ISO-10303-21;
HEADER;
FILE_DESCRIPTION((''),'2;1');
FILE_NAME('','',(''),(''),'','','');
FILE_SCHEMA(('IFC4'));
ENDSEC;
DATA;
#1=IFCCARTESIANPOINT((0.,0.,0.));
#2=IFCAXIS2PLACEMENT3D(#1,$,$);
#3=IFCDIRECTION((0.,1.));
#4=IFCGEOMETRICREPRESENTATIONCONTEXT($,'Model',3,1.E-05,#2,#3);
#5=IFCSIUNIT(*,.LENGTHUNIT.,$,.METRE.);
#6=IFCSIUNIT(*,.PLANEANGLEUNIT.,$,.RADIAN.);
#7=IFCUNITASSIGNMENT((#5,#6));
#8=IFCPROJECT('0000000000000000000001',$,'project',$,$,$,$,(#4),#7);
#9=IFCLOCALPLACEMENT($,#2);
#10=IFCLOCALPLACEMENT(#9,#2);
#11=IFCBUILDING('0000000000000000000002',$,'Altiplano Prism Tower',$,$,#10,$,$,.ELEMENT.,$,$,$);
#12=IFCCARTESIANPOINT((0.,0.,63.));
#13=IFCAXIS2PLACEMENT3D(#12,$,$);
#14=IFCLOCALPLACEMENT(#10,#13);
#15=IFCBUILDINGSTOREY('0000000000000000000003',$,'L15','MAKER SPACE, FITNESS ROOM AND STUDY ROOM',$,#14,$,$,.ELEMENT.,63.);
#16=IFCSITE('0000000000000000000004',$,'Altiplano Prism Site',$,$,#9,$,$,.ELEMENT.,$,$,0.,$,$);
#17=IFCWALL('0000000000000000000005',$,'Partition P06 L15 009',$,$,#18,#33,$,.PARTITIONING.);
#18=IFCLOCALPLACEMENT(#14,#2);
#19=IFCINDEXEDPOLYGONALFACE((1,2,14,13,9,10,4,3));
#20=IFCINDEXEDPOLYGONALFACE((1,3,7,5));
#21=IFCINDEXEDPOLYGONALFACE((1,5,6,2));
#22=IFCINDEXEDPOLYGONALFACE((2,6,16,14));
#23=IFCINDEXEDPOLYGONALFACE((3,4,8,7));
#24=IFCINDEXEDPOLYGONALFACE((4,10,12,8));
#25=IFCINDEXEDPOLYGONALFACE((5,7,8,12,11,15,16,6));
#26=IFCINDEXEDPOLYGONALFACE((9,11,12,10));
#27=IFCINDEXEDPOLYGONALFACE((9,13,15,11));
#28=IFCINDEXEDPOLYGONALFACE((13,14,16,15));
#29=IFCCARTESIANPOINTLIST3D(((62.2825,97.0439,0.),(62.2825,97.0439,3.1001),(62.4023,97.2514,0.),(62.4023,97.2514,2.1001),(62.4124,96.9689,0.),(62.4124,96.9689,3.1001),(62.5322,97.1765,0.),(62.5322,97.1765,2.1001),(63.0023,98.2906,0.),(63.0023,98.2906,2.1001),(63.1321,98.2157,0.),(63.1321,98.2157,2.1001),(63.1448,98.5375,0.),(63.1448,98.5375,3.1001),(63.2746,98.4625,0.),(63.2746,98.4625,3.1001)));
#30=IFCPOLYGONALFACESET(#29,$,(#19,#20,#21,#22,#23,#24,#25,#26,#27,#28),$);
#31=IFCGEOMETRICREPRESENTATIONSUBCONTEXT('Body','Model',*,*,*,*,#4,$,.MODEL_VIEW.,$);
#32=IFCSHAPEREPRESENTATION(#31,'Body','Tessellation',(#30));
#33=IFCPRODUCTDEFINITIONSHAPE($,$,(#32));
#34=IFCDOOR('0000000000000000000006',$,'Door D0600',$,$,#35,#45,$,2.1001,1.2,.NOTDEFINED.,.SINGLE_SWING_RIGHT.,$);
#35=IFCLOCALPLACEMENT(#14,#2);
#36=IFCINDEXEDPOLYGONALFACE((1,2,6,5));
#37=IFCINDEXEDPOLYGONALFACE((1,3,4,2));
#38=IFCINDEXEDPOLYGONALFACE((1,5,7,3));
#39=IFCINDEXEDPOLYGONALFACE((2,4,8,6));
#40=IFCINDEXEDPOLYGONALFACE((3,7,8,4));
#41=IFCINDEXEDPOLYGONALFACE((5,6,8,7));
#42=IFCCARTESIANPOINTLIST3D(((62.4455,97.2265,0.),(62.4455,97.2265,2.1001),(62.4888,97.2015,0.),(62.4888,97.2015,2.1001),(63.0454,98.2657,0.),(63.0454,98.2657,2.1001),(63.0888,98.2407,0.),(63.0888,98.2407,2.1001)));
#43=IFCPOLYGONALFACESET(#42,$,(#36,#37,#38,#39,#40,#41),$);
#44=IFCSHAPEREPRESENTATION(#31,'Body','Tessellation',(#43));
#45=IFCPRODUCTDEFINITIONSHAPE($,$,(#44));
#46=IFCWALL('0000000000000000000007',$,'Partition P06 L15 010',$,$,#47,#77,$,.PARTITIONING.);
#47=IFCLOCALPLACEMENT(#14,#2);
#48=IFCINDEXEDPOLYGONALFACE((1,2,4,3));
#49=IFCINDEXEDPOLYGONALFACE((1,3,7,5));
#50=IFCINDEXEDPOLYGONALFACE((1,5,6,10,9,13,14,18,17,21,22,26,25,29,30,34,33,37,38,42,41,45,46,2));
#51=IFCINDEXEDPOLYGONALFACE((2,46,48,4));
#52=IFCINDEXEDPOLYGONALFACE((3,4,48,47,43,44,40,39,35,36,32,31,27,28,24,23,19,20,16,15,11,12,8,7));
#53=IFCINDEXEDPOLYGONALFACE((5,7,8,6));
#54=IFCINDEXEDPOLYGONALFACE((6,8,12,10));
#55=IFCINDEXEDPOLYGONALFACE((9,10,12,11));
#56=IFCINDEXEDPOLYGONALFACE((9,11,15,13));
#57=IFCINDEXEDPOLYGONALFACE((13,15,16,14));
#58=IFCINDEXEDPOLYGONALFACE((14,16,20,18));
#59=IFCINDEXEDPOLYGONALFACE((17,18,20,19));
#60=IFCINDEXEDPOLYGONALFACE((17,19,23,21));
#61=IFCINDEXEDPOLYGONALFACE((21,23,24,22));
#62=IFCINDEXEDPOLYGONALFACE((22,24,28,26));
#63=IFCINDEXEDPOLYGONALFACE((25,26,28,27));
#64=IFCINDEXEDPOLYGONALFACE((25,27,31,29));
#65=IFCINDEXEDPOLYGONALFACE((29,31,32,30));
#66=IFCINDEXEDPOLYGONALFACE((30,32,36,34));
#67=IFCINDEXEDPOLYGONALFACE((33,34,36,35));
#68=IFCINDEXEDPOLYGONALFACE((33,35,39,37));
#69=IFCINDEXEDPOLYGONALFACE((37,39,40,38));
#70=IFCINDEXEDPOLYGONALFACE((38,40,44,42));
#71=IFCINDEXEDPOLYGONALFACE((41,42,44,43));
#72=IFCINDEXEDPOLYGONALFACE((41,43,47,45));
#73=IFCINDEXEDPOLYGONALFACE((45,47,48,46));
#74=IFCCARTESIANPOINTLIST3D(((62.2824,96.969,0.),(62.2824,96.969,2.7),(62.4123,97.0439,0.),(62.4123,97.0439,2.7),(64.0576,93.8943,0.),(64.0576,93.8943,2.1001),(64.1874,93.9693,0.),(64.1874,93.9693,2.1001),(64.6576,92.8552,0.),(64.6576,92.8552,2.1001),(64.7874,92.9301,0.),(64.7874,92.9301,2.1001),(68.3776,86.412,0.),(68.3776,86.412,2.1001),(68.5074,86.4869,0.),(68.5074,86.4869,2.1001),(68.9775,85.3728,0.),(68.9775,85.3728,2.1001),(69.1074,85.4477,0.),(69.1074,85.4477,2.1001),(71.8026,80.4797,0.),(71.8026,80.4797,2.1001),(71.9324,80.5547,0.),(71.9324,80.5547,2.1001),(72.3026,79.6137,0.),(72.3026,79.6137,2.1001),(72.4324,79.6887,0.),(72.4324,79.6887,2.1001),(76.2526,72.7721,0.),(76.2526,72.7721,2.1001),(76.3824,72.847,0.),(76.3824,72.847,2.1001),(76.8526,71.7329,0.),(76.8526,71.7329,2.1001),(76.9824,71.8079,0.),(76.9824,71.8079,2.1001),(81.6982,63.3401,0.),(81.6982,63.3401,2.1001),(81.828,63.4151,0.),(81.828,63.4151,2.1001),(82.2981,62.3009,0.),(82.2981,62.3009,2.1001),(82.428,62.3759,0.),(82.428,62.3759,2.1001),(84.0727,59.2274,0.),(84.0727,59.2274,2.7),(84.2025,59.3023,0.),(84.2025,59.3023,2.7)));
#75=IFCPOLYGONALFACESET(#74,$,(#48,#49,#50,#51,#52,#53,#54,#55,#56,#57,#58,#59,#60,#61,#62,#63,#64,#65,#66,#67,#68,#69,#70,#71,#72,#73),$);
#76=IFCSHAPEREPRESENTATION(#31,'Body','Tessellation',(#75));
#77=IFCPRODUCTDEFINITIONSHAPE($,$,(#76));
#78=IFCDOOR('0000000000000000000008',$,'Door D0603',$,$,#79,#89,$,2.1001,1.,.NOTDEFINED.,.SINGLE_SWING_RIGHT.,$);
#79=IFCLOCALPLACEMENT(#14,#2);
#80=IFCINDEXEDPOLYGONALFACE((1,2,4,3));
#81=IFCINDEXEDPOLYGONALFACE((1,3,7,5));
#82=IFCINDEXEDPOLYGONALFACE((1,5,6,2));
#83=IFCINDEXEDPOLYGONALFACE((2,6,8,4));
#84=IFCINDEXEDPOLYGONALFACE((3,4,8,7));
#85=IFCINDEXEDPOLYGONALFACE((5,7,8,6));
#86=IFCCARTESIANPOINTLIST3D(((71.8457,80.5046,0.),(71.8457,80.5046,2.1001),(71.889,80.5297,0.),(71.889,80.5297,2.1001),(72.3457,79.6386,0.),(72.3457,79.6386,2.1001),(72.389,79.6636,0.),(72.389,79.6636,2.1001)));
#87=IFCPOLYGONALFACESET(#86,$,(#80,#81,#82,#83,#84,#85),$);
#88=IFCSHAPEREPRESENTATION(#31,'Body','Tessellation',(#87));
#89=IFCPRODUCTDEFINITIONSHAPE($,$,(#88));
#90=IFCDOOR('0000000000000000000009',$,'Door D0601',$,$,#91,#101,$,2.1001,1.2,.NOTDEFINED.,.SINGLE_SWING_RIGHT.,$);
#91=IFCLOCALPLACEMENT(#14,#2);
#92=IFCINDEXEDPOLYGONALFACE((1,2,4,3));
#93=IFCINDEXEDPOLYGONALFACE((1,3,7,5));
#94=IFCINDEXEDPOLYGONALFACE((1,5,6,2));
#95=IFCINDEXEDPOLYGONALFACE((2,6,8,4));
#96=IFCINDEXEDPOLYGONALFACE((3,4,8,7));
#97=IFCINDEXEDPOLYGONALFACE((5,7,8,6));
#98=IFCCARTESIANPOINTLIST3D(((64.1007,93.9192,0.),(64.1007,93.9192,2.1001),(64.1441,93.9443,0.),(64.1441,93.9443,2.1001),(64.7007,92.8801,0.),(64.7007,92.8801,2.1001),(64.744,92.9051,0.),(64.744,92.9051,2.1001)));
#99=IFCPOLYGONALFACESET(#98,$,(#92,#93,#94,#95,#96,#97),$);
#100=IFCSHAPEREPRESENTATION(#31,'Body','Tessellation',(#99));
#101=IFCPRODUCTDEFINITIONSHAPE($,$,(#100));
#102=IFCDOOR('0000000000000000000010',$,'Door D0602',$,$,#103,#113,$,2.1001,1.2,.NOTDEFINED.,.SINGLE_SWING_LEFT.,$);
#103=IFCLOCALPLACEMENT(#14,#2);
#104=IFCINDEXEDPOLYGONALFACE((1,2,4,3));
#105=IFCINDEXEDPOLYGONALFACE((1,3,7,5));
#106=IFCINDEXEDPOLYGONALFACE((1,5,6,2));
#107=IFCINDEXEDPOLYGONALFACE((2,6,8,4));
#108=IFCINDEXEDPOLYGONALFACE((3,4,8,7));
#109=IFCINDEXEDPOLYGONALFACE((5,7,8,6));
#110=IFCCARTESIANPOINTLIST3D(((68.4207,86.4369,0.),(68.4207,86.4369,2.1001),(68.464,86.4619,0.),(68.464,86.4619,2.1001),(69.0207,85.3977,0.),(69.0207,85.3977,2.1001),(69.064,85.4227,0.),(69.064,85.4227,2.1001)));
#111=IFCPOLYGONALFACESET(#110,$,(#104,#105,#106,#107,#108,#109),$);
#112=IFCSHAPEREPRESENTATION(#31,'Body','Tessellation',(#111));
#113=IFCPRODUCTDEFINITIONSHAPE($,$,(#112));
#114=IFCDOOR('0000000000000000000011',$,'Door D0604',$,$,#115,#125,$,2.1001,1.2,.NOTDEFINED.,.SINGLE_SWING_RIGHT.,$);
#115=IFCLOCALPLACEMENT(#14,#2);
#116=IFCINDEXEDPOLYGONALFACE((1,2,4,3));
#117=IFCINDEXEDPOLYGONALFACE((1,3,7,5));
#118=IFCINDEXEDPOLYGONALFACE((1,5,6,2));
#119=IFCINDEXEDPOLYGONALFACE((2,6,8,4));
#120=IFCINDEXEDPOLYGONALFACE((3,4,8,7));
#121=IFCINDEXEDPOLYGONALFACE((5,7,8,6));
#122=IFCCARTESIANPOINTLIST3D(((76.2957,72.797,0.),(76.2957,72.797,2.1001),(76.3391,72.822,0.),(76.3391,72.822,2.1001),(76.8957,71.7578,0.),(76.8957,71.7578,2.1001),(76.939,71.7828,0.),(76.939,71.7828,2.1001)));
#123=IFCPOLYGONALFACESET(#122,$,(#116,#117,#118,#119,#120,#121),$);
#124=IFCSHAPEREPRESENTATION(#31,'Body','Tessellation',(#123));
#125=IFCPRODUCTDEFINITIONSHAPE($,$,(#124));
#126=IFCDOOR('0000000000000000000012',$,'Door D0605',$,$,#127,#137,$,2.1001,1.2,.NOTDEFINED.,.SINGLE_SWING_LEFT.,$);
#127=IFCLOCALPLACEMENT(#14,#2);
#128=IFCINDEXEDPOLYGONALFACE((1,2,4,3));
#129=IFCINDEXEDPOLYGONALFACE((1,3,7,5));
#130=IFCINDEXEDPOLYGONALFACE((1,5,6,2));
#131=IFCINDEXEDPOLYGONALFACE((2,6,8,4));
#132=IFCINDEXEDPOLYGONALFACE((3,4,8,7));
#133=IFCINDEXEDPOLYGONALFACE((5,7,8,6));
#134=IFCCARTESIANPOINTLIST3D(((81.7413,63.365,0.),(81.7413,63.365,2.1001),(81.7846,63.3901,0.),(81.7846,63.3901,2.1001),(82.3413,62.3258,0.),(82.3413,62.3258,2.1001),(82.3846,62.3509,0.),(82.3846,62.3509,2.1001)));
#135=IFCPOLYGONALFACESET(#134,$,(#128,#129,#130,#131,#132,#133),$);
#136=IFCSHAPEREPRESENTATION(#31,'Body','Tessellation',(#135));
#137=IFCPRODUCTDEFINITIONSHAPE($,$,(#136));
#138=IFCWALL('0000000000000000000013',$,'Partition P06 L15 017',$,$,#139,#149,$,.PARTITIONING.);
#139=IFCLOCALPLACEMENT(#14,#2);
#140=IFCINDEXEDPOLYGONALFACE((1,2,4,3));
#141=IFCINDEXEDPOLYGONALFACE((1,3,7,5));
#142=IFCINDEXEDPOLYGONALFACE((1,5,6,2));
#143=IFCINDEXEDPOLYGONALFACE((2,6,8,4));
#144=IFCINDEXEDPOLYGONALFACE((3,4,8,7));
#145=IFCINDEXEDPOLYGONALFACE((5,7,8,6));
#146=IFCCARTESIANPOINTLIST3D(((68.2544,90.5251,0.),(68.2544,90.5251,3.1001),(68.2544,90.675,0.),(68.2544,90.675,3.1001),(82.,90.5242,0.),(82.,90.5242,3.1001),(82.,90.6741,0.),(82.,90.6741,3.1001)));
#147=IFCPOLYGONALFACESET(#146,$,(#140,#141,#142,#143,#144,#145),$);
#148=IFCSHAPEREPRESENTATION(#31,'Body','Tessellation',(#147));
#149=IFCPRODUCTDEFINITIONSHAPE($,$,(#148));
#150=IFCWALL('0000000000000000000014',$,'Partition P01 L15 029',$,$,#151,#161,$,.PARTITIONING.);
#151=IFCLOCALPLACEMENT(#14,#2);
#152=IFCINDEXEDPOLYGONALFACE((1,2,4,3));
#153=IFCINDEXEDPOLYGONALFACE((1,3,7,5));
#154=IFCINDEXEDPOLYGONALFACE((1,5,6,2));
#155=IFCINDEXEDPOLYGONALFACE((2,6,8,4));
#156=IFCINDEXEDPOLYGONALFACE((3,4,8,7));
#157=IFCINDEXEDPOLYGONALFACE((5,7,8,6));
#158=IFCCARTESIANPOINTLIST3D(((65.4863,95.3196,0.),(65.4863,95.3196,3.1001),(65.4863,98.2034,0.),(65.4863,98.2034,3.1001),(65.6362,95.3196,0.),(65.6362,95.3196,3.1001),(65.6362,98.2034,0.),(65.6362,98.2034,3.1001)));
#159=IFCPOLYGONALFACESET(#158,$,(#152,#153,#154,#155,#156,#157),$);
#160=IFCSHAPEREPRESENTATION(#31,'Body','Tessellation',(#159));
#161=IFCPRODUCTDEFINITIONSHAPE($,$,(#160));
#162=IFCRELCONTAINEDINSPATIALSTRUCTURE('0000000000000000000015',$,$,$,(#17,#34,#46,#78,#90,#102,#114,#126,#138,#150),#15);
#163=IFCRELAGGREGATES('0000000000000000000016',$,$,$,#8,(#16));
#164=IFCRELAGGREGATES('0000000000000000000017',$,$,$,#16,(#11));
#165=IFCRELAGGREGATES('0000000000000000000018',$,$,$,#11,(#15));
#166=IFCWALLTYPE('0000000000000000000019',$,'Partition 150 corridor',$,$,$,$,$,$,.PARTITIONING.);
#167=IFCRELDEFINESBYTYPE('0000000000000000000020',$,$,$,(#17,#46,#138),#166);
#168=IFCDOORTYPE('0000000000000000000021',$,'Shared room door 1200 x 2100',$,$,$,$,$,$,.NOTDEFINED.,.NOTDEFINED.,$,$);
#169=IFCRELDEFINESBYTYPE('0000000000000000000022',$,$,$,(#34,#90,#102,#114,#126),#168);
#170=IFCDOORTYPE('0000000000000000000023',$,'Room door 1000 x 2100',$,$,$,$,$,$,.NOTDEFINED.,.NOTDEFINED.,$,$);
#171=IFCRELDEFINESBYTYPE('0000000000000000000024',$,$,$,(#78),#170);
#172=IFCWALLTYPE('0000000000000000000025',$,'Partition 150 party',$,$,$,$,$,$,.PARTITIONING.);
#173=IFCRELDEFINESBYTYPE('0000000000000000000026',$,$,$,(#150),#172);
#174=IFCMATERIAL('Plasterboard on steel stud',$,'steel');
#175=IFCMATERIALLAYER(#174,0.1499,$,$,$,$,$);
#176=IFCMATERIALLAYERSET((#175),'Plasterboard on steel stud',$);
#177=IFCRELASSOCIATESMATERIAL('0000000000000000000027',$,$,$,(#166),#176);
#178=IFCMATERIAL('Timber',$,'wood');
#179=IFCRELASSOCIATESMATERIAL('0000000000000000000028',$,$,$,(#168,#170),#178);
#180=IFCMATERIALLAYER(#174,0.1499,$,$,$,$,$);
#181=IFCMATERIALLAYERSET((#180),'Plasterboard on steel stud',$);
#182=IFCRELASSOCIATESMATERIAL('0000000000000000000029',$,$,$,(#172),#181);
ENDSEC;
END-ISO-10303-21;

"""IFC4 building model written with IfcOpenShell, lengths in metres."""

from ifc_helpers import new_model, si_unit, direction, frame, frame_2d, origin, place, context, subcontext, project, spatial, rectangle, extrude, material, layer, layer_set, type_object, element, fill, save


model = new_model("IFC4")

# Units and contexts
model_context = context("Model", 3, precision=1e-05, world=origin(), true_north=direction((0.0, 1.0)))
body_context = subcontext(model_context, "Body", "Model", "MODEL_VIEW")
ifc_project = project(units=[si_unit("LENGTHUNIT", "METRE"), si_unit("PLANEANGLEUNIT", "RADIAN")], contexts=[model_context])

# Site, building, storey
site_placement = place(None, origin())
site = spatial("IfcSite", under=ifc_project, at=site_placement, Name="Altiplano Prism Site", CompositionType="ELEMENT", RefElevation=0.0)
building_placement = place(site_placement, origin())
building = spatial("IfcBuilding", under=site, at=building_placement, Name="Altiplano Prism Tower", CompositionType="ELEMENT")
storey_placement = place(building_placement, frame((0.0, 0.0, 63.0)))
storey = spatial("IfcBuildingStorey", under=building, at=storey_placement, Name="L15", Description="MAKER SPACE, FITNESS ROOM AND STUDY ROOM", CompositionType="ELEMENT", Elevation=63.0)

# Shared definitions
ifc_material_1 = material(Name="Plasterboard on steel stud", Category="steel")
ifc_layer_1 = layer(ifc_material_1, 0.1499)
ifc_layer_set_1 = layer_set([ifc_layer_1], Name="Plasterboard on steel stud")
wall_type_1 = type_object("IfcWallType", Name="Partition 150 corridor", PredefinedType="PARTITIONING", material=ifc_layer_set_1)

# Shared definitions
ifc_material_2 = material(Name="Timber", Category="wood")

# Wall, opening, door
wall_1_placement = place(storey_placement, frame((63.2097, 98.5, 0.0), z_axis=(0.0, 0.0, 1.0), x_axis=(-0.499976, -0.866039, 0.0)))
wall_1 = element("IfcWall", 1, at=wall_1_placement, inside=storey, type_object=wall_type_1, Name="Partition P06 L15 009", PredefinedType="PARTITIONING", context=body_context, shape_type="SweptSolid", body=[
    extrude(rectangle(XDim=1.7246, YDim=0.1499, at=frame_2d((0.8623, 0.0))), origin(), (0.0, 0.0, 1.0), 3.1001),
])
opening_1_placement = place(wall_1_placement, frame((0.2849, 0.0, 0.0)))
opening_1 = element("IfcOpeningElement", 2, at=opening_1_placement, cuts=wall_1, PredefinedType="OPENING", context=body_context, shape_type="SweptSolid", body=[
    extrude(rectangle(XDim=1.2, YDim=2.1001, at=frame_2d((0.6001, 1.05))), frame((0.0, 0.0854, 0.0), z_axis=(0.0, -1.0, 0.0), x_axis=(1.0, 0.0, 0.0)), (0.0, 0.0, 1.0), 0.1709),
])
door_type_1 = type_object("IfcDoorType", Name="Shared room door 1200 x 2100", OperationType="NOTDEFINED", PredefinedType="NOTDEFINED", material=ifc_material_2)
door_1_placement = place(opening_1_placement, origin())
door_1 = element("IfcDoor", 3, at=door_1_placement, inside=storey, type_object=door_type_1, Name="Door D0600", OperationType="SINGLE_SWING_RIGHT", OverallHeight=2.1001, OverallWidth=1.2, PredefinedType="NOTDEFINED", context=body_context, shape_type="SweptSolid", body=[
    extrude(rectangle(XDim=1.2, YDim=2.1001, at=frame_2d((0.6001, 1.05))), frame((0.0, 0.0249, 0.0), z_axis=(0.0, -1.0, 0.0), x_axis=(1.0, 0.0, 0.0)), (0.0, 0.0, 1.0), 0.05),
])
fill(opening_1, door_1)

# Wall, openings, doors
wall_2_placement = place(storey_placement, frame((62.3474, 97.0063, 0.0), z_axis=(0.0, 0.0, 1.0), x_axis=(0.500002, -0.866024, 0.0)))
wall_2 = element("IfcWall", 4, at=wall_2_placement, inside=storey, type_object=wall_type_1, Name="Partition P06 L15 010", PredefinedType="PARTITIONING", context=body_context, shape_type="SweptSolid", body=[
    extrude(rectangle(XDim=43.5803, YDim=0.1499, at=frame_2d((21.79, 0.0))), origin(), (0.0, 0.0, 1.0), 2.7),
])
opening_2_placement = place(wall_2_placement, frame((3.55, 0.0, 0.0)))
opening_2 = element("IfcOpeningElement", 5, at=opening_2_placement, cuts=wall_2, PredefinedType="OPENING", context=body_context, shape_type="SweptSolid", body=[
    extrude(rectangle(XDim=1.2, YDim=2.1001, at=frame_2d((0.6001, 1.05))), frame((0.0, 0.0854, 0.0), z_axis=(0.0, -1.0, 0.0), x_axis=(1.0, 0.0, 0.0)), (0.0, 0.0, 1.0), 0.1709),
])
opening_3_placement = place(wall_2_placement, frame((12.1899, 0.0, 0.0)))
opening_3 = element("IfcOpeningElement", 6, at=opening_3_placement, cuts=wall_2, PredefinedType="OPENING", context=body_context, shape_type="SweptSolid", body=[
    extrude(rectangle(XDim=1.2, YDim=2.1001, at=frame_2d((0.6001, 1.05))), frame((0.0, 0.0854, 0.0), z_axis=(0.0, -1.0, 0.0), x_axis=(1.0, 0.0, 0.0)), (0.0, 0.0, 1.0), 0.1709),
])
opening_4_placement = place(wall_2_placement, frame((19.04, 0.0, 0.0)))
opening_4 = element("IfcOpeningElement", 7, at=opening_4_placement, cuts=wall_2, PredefinedType="OPENING", context=body_context, shape_type="SweptSolid", body=[
    extrude(rectangle(XDim=1.0, YDim=2.1001, at=frame_2d((0.5, 1.05))), frame((0.0, 0.0854, 0.0), z_axis=(0.0, -1.0, 0.0), x_axis=(1.0, 0.0, 0.0)), (0.0, 0.0, 1.0), 0.1709),
])
opening_5_placement = place(wall_2_placement, frame((27.9399, 0.0, 0.0)))
opening_5 = element("IfcOpeningElement", 8, at=opening_5_placement, cuts=wall_2, PredefinedType="OPENING", context=body_context, shape_type="SweptSolid", body=[
    extrude(rectangle(XDim=1.2, YDim=2.1001, at=frame_2d((0.6001, 1.05))), frame((0.0, 0.0854, 0.0), z_axis=(0.0, -1.0, 0.0), x_axis=(1.0, 0.0, 0.0)), (0.0, 0.0, 1.0), 0.1709),
])
opening_6_placement = place(wall_2_placement, frame((38.8311, 0.0, 0.0)))
opening_6 = element("IfcOpeningElement", 9, at=opening_6_placement, cuts=wall_2, PredefinedType="OPENING", context=body_context, shape_type="SweptSolid", body=[
    extrude(rectangle(XDim=1.2, YDim=2.1001, at=frame_2d((0.6001, 1.05))), frame((0.0, 0.0854, 0.0), z_axis=(0.0, -1.0, 0.0), x_axis=(1.0, 0.0, 0.0)), (0.0, 0.0, 1.0), 0.1709),
])
door_type_2 = type_object("IfcDoorType", Name="Room door 1000 x 2100", OperationType="NOTDEFINED", PredefinedType="NOTDEFINED", material=ifc_material_2)
door_2_placement = place(opening_4_placement, origin())
door_2 = element("IfcDoor", 10, at=door_2_placement, inside=storey, type_object=door_type_2, Name="Door D0603", OperationType="SINGLE_SWING_RIGHT", OverallHeight=2.1001, OverallWidth=1.0, PredefinedType="NOTDEFINED", context=body_context, shape_type="SweptSolid", body=[
    extrude(rectangle(XDim=1.0, YDim=2.1001, at=frame_2d((0.5, 1.05))), frame((0.0, 0.0249, 0.0), z_axis=(0.0, -1.0, 0.0), x_axis=(1.0, 0.0, 0.0)), (0.0, 0.0, 1.0), 0.05),
])
fill(opening_4, door_2)
door_3_placement = place(opening_2_placement, origin())
door_3 = element("IfcDoor", 11, at=door_3_placement, inside=storey, type_object=door_type_1, Name="Door D0601", OperationType="SINGLE_SWING_RIGHT", OverallHeight=2.1001, OverallWidth=1.2, PredefinedType="NOTDEFINED", context=body_context, shape_type="SweptSolid", body=[
    extrude(rectangle(XDim=1.2, YDim=2.1001, at=frame_2d((0.6001, 1.05))), frame((0.0, 0.0249, 0.0), z_axis=(0.0, -1.0, 0.0), x_axis=(1.0, 0.0, 0.0)), (0.0, 0.0, 1.0), 0.05),
])
fill(opening_2, door_3)
door_4_placement = place(opening_3_placement, origin())
door_4 = element("IfcDoor", 12, at=door_4_placement, inside=storey, type_object=door_type_1, Name="Door D0602", OperationType="SINGLE_SWING_LEFT", OverallHeight=2.1001, OverallWidth=1.2, PredefinedType="NOTDEFINED", context=body_context, shape_type="SweptSolid", body=[
    extrude(rectangle(XDim=1.2, YDim=2.1001, at=frame_2d((0.6001, 1.05))), frame((0.0, 0.0249, 0.0), z_axis=(0.0, -1.0, 0.0), x_axis=(1.0, 0.0, 0.0)), (0.0, 0.0, 1.0), 0.05),
])
fill(opening_3, door_4)
door_5_placement = place(opening_5_placement, origin())
door_5 = element("IfcDoor", 13, at=door_5_placement, inside=storey, type_object=door_type_1, Name="Door D0604", OperationType="SINGLE_SWING_RIGHT", OverallHeight=2.1001, OverallWidth=1.2, PredefinedType="NOTDEFINED", context=body_context, shape_type="SweptSolid", body=[
    extrude(rectangle(XDim=1.2, YDim=2.1001, at=frame_2d((0.6001, 1.05))), frame((0.0, 0.0249, 0.0), z_axis=(0.0, -1.0, 0.0), x_axis=(1.0, 0.0, 0.0)), (0.0, 0.0, 1.0), 0.05),
])
fill(opening_5, door_5)
door_6_placement = place(opening_6_placement, origin())
door_6 = element("IfcDoor", 14, at=door_6_placement, inside=storey, type_object=door_type_1, Name="Door D0605", OperationType="SINGLE_SWING_LEFT", OverallHeight=2.1001, OverallWidth=1.2, PredefinedType="NOTDEFINED", context=body_context, shape_type="SweptSolid", body=[
    extrude(rectangle(XDim=1.2, YDim=2.1001, at=frame_2d((0.6001, 1.05))), frame((0.0, 0.0249, 0.0), z_axis=(0.0, -1.0, 0.0), x_axis=(1.0, 0.0, 0.0)), (0.0, 0.0, 1.0), 0.05),
])
fill(opening_6, door_6)

# Walls
wall_3_placement = place(storey_placement, frame((68.2544, 90.6001, 0.0), z_axis=(0.0, 0.0, 1.0), x_axis=(1.0, -0.000071, 0.0)))
element("IfcWall", 15, at=wall_3_placement, inside=storey, type_object=wall_type_1, Name="Partition P06 L15 017", PredefinedType="PARTITIONING", context=body_context, shape_type="SweptSolid", body=[
    extrude(rectangle(XDim=13.7456, YDim=0.1499, at=frame_2d((6.8728, 0.0))), origin(), (0.0, 0.0, 1.0), 3.1001),
])
ifc_layer_2 = layer(ifc_material_1, 0.1499)
ifc_layer_set_2 = layer_set([ifc_layer_2], Name="Plasterboard on steel stud")
wall_type_2 = type_object("IfcWallType", Name="Partition 150 party", PredefinedType="PARTITIONING", material=ifc_layer_set_2)
wall_4_placement = place(storey_placement, frame((65.5613, 98.2034, 0.0), z_axis=(0.0, 0.0, 1.0), x_axis=(0.0, -1.0, 0.0)))
element("IfcWall", 16, at=wall_4_placement, inside=storey, type_object=wall_type_2, Name="Partition P01 L15 029", PredefinedType="PARTITIONING", context=body_context, shape_type="SweptSolid", body=[
    extrude(rectangle(XDim=2.8838, YDim=0.1499, at=frame_2d((1.4419, 0.0))), origin(), (0.0, 0.0, 1.0), 3.1001),
])

save(model, "model.ifc")
